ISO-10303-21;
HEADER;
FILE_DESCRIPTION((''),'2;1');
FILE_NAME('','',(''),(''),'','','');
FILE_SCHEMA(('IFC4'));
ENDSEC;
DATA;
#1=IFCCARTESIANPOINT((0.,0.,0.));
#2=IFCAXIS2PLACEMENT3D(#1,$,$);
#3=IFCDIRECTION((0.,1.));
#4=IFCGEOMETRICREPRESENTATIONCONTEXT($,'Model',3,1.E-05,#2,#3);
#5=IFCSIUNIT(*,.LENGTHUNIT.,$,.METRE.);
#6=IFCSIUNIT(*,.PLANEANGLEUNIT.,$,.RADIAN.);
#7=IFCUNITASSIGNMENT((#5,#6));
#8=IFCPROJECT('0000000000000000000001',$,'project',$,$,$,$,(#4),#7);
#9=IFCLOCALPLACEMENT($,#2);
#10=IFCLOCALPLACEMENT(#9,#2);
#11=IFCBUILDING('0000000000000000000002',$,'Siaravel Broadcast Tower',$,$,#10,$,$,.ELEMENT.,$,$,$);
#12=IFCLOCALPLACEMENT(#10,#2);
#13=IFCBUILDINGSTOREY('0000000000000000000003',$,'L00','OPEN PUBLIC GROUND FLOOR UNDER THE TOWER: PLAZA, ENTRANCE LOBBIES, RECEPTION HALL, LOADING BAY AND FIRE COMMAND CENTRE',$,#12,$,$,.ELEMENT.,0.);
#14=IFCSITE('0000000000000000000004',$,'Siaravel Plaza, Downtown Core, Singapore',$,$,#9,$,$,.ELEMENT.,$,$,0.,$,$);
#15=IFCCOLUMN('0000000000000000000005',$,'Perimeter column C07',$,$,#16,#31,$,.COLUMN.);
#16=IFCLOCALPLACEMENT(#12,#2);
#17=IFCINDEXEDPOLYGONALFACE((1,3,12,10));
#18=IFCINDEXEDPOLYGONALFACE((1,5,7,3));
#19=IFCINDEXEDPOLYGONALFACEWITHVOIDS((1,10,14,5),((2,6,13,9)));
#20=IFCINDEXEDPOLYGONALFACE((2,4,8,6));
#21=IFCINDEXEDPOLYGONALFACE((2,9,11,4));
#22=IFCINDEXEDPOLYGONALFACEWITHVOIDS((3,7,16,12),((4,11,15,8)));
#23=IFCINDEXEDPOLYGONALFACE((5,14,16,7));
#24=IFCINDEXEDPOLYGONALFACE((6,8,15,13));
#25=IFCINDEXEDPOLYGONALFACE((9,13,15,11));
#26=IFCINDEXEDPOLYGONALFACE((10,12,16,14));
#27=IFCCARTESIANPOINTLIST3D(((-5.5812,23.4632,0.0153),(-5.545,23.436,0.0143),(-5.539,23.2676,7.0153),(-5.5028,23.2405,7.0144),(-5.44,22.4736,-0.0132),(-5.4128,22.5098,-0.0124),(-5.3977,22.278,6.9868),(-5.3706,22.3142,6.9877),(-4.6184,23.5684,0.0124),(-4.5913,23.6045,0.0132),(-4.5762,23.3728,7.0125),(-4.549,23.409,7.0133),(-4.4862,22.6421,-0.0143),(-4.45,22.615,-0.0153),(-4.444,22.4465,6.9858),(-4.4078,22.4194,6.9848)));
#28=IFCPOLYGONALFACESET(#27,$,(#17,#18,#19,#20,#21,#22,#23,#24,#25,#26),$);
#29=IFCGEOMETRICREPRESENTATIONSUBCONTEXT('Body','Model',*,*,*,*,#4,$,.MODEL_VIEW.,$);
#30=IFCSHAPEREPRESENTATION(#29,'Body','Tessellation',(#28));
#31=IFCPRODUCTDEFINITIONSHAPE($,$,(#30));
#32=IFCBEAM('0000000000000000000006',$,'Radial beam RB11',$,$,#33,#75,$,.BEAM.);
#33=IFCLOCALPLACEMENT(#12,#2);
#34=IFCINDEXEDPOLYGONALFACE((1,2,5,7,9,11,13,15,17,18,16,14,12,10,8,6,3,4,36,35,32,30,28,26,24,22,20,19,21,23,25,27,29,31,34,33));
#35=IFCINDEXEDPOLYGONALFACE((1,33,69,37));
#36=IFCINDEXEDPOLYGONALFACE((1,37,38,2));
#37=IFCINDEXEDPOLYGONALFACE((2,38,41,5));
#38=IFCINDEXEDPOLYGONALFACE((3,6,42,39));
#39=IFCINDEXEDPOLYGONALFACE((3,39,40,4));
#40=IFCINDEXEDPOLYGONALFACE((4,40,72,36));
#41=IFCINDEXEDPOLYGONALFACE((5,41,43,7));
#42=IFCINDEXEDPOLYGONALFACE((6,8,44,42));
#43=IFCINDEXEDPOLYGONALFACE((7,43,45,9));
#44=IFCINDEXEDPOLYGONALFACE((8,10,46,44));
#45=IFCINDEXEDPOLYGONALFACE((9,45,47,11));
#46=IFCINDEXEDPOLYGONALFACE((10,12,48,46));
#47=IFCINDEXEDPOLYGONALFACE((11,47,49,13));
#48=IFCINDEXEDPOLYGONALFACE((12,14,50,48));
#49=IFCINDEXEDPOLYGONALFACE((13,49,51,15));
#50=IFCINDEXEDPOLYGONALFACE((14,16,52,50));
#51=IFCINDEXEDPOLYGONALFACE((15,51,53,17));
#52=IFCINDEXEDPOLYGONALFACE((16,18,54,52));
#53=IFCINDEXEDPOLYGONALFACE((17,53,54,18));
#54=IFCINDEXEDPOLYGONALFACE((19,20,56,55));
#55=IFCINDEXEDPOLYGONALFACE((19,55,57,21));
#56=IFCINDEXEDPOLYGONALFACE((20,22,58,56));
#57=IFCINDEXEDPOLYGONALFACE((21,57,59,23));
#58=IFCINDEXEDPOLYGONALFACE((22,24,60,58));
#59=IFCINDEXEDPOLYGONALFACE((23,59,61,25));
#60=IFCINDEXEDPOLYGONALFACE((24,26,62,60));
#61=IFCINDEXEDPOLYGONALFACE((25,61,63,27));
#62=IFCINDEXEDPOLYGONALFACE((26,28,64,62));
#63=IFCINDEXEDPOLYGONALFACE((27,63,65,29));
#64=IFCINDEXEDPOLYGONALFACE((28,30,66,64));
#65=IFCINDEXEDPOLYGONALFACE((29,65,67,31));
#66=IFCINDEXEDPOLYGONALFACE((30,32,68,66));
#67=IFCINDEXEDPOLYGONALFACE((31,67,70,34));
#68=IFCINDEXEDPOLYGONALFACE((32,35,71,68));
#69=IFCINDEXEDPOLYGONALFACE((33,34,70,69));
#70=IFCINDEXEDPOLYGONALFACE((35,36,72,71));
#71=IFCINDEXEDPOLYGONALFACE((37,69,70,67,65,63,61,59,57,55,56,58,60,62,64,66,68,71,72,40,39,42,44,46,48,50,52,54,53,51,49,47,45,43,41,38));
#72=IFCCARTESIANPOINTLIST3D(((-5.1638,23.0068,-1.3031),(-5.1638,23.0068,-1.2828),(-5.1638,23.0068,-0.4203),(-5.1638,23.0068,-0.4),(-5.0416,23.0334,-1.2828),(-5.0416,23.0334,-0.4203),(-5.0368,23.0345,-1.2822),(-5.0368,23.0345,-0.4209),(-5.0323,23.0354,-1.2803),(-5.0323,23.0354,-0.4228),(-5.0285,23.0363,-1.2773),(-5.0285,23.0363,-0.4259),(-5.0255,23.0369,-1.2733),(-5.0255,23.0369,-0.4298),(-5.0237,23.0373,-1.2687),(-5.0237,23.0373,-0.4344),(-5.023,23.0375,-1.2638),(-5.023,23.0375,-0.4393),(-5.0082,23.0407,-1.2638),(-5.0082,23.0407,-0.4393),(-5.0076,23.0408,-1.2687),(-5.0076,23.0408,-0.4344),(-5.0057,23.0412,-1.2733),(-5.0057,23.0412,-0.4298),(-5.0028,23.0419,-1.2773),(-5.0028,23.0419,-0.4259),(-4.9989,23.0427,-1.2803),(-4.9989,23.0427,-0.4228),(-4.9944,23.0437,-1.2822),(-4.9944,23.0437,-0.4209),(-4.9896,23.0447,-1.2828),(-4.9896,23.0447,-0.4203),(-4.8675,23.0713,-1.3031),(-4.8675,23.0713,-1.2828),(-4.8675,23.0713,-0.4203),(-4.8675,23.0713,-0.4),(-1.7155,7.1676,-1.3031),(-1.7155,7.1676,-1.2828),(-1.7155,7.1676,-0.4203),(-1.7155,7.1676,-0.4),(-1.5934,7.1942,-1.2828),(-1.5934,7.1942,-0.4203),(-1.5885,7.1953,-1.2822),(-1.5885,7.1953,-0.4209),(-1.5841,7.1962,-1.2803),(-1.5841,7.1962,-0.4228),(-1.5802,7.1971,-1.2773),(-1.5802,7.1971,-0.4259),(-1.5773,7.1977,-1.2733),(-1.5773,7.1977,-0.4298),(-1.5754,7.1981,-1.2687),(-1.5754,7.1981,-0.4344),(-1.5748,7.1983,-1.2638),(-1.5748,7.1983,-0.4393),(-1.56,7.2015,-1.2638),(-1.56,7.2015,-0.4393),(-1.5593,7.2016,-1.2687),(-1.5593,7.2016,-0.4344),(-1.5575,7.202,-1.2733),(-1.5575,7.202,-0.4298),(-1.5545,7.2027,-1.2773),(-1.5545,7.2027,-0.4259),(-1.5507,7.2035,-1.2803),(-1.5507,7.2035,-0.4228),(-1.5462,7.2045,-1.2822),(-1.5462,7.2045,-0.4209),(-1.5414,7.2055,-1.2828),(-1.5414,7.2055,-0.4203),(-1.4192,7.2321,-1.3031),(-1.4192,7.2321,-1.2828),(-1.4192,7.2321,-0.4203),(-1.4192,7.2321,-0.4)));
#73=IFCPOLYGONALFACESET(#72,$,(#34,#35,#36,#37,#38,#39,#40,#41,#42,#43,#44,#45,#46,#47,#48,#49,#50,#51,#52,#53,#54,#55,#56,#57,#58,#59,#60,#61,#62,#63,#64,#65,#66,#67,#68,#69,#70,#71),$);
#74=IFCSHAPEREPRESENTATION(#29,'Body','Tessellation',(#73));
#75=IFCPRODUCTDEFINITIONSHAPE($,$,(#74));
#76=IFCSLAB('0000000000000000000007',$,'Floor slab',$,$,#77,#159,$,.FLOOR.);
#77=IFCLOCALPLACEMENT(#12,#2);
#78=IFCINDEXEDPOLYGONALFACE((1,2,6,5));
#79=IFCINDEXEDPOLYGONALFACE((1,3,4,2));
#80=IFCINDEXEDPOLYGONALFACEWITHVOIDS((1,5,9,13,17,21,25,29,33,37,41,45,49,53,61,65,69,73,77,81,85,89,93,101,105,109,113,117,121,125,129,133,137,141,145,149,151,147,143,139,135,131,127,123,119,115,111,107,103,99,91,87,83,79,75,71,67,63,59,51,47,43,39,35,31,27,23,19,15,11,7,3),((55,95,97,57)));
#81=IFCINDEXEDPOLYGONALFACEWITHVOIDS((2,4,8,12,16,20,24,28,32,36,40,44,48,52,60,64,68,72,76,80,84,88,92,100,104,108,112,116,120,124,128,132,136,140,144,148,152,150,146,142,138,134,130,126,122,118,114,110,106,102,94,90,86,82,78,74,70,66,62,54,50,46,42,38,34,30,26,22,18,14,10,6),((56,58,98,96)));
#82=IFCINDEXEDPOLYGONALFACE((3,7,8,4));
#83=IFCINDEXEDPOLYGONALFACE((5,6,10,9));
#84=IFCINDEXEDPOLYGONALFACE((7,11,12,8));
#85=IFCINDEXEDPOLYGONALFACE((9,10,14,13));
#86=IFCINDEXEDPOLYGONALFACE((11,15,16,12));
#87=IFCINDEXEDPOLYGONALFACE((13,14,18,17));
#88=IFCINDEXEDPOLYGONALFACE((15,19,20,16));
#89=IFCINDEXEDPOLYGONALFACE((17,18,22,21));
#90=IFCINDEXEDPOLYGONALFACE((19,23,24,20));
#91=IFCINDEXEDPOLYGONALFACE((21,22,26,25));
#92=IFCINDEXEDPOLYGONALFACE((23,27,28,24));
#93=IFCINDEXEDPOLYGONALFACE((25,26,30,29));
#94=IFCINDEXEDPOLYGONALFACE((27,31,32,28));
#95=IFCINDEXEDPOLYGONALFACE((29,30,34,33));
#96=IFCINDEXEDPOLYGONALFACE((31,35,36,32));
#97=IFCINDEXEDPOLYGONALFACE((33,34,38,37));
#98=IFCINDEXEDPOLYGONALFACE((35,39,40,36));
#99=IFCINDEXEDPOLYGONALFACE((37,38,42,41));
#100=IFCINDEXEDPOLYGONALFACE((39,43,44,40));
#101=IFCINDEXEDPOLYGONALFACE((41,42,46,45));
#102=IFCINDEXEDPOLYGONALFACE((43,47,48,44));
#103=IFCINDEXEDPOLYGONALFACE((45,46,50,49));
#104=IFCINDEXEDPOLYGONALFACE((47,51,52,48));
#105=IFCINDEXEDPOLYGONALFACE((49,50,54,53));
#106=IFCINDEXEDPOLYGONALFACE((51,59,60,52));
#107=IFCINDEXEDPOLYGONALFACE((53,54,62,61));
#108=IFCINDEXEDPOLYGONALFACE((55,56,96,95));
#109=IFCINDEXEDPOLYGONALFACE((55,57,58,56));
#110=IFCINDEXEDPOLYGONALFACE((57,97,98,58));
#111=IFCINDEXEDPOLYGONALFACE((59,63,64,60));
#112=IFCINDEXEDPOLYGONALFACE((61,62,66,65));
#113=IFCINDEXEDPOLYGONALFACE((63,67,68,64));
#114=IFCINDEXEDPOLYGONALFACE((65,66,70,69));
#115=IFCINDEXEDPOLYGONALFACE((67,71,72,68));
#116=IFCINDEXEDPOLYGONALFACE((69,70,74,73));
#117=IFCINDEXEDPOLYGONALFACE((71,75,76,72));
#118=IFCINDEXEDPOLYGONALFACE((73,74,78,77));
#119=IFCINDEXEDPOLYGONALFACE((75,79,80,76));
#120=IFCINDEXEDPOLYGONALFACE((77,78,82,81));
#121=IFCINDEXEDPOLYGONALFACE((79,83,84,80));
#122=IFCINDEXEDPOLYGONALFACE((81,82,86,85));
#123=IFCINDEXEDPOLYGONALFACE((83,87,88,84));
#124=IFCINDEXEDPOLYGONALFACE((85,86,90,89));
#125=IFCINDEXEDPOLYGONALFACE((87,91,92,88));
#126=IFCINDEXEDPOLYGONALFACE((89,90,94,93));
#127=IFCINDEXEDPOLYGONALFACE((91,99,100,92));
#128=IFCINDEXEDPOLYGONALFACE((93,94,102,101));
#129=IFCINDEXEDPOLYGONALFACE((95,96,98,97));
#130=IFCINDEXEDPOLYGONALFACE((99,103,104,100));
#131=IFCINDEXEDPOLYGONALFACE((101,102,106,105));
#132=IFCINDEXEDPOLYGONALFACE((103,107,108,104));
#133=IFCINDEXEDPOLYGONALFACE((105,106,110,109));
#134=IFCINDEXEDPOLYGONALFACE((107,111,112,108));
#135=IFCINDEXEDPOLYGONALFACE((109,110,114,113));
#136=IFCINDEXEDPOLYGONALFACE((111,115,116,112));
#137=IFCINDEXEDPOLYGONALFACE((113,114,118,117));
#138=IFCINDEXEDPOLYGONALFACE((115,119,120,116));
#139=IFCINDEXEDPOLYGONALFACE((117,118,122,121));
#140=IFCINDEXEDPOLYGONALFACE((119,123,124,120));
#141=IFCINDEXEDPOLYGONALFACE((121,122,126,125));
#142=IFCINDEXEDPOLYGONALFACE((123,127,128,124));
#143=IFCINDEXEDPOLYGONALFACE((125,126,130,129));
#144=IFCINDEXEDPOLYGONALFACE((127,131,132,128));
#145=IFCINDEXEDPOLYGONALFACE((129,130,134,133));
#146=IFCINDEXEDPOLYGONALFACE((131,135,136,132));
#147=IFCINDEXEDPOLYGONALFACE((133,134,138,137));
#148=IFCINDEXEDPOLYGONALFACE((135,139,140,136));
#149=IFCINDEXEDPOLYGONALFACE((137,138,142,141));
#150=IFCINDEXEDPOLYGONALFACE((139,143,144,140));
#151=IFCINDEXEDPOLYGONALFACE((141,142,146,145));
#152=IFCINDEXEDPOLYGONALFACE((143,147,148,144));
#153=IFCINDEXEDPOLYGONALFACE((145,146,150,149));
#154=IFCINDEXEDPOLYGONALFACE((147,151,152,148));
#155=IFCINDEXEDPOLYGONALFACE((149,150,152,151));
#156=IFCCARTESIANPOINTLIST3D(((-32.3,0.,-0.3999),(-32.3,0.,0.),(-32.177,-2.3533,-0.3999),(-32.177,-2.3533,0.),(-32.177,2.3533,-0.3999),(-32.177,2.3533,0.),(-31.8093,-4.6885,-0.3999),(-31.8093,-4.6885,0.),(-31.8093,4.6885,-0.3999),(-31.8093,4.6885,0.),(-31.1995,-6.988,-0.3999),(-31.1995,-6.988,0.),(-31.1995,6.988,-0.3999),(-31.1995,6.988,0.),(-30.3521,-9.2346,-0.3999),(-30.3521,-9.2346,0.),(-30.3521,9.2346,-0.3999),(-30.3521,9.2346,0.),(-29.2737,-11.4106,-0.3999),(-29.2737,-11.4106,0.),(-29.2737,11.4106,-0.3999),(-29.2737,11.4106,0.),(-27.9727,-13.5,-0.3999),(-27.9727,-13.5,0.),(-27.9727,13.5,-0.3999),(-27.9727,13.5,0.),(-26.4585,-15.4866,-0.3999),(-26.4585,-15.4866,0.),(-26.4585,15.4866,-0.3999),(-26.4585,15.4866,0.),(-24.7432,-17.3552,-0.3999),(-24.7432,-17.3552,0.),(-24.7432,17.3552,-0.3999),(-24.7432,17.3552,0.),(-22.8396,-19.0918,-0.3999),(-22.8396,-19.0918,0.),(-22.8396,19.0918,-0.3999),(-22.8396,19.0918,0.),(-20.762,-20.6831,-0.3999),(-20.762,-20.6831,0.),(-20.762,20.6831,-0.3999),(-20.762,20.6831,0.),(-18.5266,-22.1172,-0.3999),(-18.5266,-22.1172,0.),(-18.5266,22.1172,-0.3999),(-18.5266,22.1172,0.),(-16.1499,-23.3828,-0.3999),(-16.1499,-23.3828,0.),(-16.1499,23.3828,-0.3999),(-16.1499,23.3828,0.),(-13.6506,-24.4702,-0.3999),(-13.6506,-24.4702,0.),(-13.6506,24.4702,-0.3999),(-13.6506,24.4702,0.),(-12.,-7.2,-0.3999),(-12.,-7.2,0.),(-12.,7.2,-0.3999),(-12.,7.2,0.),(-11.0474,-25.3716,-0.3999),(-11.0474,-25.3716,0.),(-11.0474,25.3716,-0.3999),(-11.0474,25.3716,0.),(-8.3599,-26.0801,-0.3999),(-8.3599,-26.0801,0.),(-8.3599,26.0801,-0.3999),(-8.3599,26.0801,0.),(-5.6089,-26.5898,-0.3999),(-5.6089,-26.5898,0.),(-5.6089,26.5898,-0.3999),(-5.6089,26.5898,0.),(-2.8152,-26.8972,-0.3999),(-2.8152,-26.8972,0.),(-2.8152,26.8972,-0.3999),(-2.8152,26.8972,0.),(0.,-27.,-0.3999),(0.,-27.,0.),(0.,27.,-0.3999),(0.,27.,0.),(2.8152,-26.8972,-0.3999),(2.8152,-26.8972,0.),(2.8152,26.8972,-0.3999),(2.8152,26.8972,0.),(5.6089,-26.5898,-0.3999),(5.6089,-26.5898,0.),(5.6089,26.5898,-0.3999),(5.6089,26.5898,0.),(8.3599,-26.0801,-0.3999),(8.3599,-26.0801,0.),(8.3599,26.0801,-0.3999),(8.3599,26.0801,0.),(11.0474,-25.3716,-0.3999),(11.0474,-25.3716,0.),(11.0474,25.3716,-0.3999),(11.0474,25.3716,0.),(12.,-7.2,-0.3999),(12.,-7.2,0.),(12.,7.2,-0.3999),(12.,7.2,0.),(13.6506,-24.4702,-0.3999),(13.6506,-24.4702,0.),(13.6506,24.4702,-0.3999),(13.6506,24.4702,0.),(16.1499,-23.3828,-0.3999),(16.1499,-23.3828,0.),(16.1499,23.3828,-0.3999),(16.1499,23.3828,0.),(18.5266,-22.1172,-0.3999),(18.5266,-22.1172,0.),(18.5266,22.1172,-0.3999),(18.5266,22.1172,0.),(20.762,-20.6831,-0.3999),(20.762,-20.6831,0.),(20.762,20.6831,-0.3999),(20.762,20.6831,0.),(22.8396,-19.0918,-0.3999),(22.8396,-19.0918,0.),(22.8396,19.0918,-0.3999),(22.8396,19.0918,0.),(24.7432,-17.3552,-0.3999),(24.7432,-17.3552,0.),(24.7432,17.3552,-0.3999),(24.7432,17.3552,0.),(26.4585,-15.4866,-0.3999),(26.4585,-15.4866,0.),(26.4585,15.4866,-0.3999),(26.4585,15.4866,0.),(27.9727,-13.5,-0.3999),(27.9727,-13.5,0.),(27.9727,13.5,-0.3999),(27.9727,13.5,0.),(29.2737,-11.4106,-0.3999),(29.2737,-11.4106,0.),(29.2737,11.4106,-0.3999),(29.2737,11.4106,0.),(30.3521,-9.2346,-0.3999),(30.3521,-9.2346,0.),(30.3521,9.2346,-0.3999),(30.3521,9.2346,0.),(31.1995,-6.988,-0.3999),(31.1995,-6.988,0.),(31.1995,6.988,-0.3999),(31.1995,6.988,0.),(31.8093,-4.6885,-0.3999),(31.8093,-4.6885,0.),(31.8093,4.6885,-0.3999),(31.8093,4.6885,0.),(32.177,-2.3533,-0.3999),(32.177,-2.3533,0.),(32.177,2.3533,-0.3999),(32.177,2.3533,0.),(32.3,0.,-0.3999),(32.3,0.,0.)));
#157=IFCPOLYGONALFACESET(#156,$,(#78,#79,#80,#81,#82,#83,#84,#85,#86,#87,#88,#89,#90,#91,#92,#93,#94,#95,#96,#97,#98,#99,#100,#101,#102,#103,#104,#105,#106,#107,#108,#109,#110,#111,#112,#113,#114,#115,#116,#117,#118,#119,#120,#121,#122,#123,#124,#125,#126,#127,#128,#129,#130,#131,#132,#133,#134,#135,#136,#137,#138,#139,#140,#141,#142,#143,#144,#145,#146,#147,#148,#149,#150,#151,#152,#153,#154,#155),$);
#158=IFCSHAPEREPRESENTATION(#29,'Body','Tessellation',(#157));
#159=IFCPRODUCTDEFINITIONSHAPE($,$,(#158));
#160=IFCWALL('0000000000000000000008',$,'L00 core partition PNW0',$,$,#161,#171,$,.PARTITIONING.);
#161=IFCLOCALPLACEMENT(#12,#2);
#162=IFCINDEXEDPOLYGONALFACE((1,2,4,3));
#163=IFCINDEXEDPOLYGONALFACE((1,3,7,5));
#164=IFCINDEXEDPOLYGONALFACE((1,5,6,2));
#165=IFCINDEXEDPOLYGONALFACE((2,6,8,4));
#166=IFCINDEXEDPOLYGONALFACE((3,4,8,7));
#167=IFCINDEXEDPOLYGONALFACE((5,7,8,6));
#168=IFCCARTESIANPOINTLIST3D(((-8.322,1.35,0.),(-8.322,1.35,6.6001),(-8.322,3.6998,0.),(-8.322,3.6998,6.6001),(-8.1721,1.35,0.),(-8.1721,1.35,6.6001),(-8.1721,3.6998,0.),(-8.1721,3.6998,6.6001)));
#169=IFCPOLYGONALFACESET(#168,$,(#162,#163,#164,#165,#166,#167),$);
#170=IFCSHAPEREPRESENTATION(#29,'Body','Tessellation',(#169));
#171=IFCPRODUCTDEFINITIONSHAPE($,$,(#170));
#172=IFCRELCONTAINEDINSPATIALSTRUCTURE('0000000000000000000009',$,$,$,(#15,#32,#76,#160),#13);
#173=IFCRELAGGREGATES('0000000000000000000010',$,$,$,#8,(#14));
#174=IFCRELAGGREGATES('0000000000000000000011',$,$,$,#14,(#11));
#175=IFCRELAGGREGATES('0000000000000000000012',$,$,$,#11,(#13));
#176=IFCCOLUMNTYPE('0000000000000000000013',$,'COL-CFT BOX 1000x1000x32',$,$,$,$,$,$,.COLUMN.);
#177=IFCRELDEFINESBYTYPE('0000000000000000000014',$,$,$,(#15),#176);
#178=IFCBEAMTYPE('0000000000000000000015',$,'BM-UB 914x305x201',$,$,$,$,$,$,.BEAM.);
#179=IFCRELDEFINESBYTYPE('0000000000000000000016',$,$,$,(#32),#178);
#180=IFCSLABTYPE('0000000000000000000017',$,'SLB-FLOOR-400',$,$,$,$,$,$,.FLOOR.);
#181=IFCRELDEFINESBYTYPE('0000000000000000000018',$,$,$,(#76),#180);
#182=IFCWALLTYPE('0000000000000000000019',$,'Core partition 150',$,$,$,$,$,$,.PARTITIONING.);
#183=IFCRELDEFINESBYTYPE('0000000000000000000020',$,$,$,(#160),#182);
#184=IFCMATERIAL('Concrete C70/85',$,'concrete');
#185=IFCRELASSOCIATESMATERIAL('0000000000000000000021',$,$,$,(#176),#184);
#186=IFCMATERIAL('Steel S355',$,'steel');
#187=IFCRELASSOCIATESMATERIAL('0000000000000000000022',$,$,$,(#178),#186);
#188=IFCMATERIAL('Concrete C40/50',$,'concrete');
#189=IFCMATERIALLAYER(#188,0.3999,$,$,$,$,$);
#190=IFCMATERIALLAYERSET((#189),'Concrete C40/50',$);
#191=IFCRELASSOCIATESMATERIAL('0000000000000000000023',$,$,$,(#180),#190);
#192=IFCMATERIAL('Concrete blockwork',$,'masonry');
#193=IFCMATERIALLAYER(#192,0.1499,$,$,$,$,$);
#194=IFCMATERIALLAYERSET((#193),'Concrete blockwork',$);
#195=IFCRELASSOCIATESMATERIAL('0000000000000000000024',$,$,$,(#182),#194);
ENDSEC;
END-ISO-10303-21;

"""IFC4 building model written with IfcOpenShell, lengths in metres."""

from ifc_helpers import new_model, si_unit, direction, frame, frame_2d, origin, origin_2d, place, context, subcontext, project, spatial, polyline, rectangle, hollow_rectangle, i_section, outline, extrude, material, layer, layer_set, material_profile, profile_set, type_object, element, save


model = new_model("IFC4")

# Units and contexts
model_context = context("Model", 3, precision=1e-05, world=origin(), true_north=direction((0.0, 1.0)))
body_context = subcontext(model_context, "Body", "Model", "MODEL_VIEW")
ifc_project = project(units=[si_unit("LENGTHUNIT", "METRE"), si_unit("PLANEANGLEUNIT", "RADIAN")], contexts=[model_context])

# Site, building, storey
site_placement = place(None, origin())
site = spatial("IfcSite", under=ifc_project, at=site_placement, Name="Siaravel Plaza, Downtown Core, Singapore", CompositionType="ELEMENT", RefElevation=0.0)
building_placement = place(site_placement, origin())
building = spatial("IfcBuilding", under=site, at=building_placement, Name="Siaravel Broadcast Tower", CompositionType="ELEMENT")
storey_placement = place(building_placement, origin())
storey = spatial("IfcBuildingStorey", under=building, at=storey_placement, Name="L00", Description="OPEN PUBLIC GROUND FLOOR UNDER THE TOWER: PLAZA, ENTRANCE LOBBIES, RECEPTION HALL, LOADING BAY AND FIRE COMMAND CENTRE", CompositionType="ELEMENT", Elevation=0.0)

# Column
ifc_material_1 = material(Name="Concrete C70/85", Category="concrete")
ifc_material_profile_1 = material_profile(ifc_material_1, hollow_rectangle(XDim=1.0, YDim=1.0, WallThickness=0.032, at=origin_2d()))
ifc_profile_set_1 = profile_set([ifc_material_profile_1], Name="Concrete C70/85")
column_type = type_object("IfcColumnType", Name="COL-CFT BOX 1000x1000x32", PredefinedType="COLUMN", material=ifc_profile_set_1)
column_placement = place(storey_placement, frame((-5.0156, 23.0391, 0.0), z_axis=(0.006031, -0.027925, 0.999592), x_axis=(0.989957, 0.141354, -0.002024)))
element("IfcColumn", 1, at=column_placement, inside=storey, type_object=column_type, Name="Perimeter column C07", PredefinedType="COLUMN", context=body_context, shape_type="SweptSolid", body=[
    extrude(hollow_rectangle(XDim=1.0, YDim=1.0, WallThickness=0.032, at=origin_2d()), origin(), (0.0, 0.0, 1.0), 7.0029),
])

# Beam
ifc_material_2 = material(Name="Steel S355", Category="steel")
ifc_material_profile_2 = material_profile(ifc_material_2, i_section(OverallWidth=0.3032, OverallDepth=0.9031, WebThickness=0.0151, FlangeThickness=0.0203, FilletRadius=0.019, at=origin_2d()))
ifc_profile_set_2 = profile_set([ifc_material_profile_2], Name="Steel S355")
beam_type = type_object("IfcBeamType", Name="BM-UB 914x305x201", PredefinedType="BEAM", material=ifc_profile_set_2)
beam_placement = place(storey_placement, frame((-5.0156, 23.0391, -0.8516), z_axis=(0.212722, -0.977113, 0.0), x_axis=(0.977113, 0.212722, 0.0)))
element("IfcBeam", 2, at=beam_placement, inside=storey, type_object=beam_type, Name="Radial beam RB11", PredefinedType="BEAM", context=body_context, shape_type="SweptSolid", body=[
    extrude(i_section(OverallWidth=0.3032, OverallDepth=0.9031, WebThickness=0.0151, FlangeThickness=0.0203, FilletRadius=0.019, at=origin_2d()), origin(), (0.0, 0.0, 1.0), 16.2102),
])

# Slab
ifc_material_3 = material(Name="Concrete C40/50", Category="concrete")
ifc_layer_1 = layer(ifc_material_3, 0.3999)
ifc_layer_set_1 = layer_set([ifc_layer_1], Name="Concrete C40/50")
slab_type = type_object("IfcSlabType", Name="SLB-FLOOR-400", PredefinedType="FLOOR", material=ifc_layer_set_1)
slab_placement = place(storey_placement, frame((0.0, 0.0, -0.3999)))
element("IfcSlab", 3, at=slab_placement, inside=storey, type_object=slab_type, Name="Floor slab", PredefinedType="FLOOR", context=body_context, shape_type="SweptSolid", body=[
    extrude(outline(polyline([(32.3, 0.0), (32.177, 2.3533), (31.8093, 4.6885), (31.1995, 6.988), (30.3521, 9.2346), (29.2737, 11.4106), (27.9727, 13.5), (26.4585, 15.4866), (24.7432, 17.3552), (22.8396, 19.0918), (20.762, 20.6831), (18.5266, 22.1172), (16.1499, 23.3828), (13.6506, 24.4702), (11.0474, 25.3716), (8.3599, 26.0801), (5.6089, 26.5898), (2.8152, 26.8972), (0.0, 27.0), (-2.8152, 26.8972), (-5.6089, 26.5898), (-8.3599, 26.0801), (-11.0474, 25.3716), (-13.6506, 24.4702), (-16.1499, 23.3828), (-18.5266, 22.1172), (-20.762, 20.6831), (-22.8396, 19.0918), (-24.7432, 17.3552), (-26.4585, 15.4866), (-27.9727, 13.5), (-29.2737, 11.4106), (-30.3521, 9.2346), (-31.1995, 6.988), (-31.8093, 4.6885), (-32.177, 2.3533), (-32.3, 0.0), (-32.177, -2.3533), (-31.8093, -4.6885), (-31.1995, -6.988), (-30.3521, -9.2346), (-29.2737, -11.4106), (-27.9727, -13.5), (-26.4585, -15.4866), (-24.7432, -17.3552), (-22.8396, -19.0918), (-20.762, -20.6831), (-18.5266, -22.1172), (-16.1499, -23.3828), (-13.6506, -24.4702), (-11.0474, -25.3716), (-8.3599, -26.0801), (-5.6089, -26.5898), (-2.8152, -26.8972), (0.0, -27.0), (2.8152, -26.8972), (5.6089, -26.5898), (8.3599, -26.0801), (11.0474, -25.3716), (13.6506, -24.4702), (16.1499, -23.3828), (18.5266, -22.1172), (20.762, -20.6831), (22.8396, -19.0918), (24.7432, -17.3552), (26.4585, -15.4866), (27.9727, -13.5), (29.2737, -11.4106), (30.3521, -9.2346), (31.1995, -6.988), (31.8093, -4.6885), (32.177, -2.3533), (32.3, 0.0)]), holes=[polyline([(-12.0, 7.2), (12.0, 7.2), (12.0, -7.2), (-12.0, -7.2), (-12.0, 7.2)])]), origin(), (0.0, 0.0, 1.0), 0.3999),
])

# Wall
ifc_material_4 = material(Name="Concrete blockwork", Category="masonry")
ifc_layer_2 = layer(ifc_material_4, 0.1499)
ifc_layer_set_2 = layer_set([ifc_layer_2], Name="Concrete blockwork")
wall_type_1 = type_object("IfcWallType", Name="Core partition 150", PredefinedType="PARTITIONING", material=ifc_layer_set_2)
for number, where, z_axis, x_axis, name in (
    (4, (-8.2471, 1.3501, 0.0), (0.0, 0.0, 1.0), (0.0, 1.0, 0.0), "L00 core partition PNW0"),
):
    element("IfcWall", number, at=place(storey_placement, frame(where, z_axis=z_axis, x_axis=x_axis)), inside=storey, type_object=wall_type_1, Name=name, PredefinedType="PARTITIONING", context=body_context, shape_type="SweptSolid", body=[
        extrude(rectangle(XDim=2.3499, YDim=0.1499, at=frame_2d((1.1748, 0.0))), origin(), (0.0, 0.0, 1.0), 6.6001),
    ])

save(model, "model.ifc")
